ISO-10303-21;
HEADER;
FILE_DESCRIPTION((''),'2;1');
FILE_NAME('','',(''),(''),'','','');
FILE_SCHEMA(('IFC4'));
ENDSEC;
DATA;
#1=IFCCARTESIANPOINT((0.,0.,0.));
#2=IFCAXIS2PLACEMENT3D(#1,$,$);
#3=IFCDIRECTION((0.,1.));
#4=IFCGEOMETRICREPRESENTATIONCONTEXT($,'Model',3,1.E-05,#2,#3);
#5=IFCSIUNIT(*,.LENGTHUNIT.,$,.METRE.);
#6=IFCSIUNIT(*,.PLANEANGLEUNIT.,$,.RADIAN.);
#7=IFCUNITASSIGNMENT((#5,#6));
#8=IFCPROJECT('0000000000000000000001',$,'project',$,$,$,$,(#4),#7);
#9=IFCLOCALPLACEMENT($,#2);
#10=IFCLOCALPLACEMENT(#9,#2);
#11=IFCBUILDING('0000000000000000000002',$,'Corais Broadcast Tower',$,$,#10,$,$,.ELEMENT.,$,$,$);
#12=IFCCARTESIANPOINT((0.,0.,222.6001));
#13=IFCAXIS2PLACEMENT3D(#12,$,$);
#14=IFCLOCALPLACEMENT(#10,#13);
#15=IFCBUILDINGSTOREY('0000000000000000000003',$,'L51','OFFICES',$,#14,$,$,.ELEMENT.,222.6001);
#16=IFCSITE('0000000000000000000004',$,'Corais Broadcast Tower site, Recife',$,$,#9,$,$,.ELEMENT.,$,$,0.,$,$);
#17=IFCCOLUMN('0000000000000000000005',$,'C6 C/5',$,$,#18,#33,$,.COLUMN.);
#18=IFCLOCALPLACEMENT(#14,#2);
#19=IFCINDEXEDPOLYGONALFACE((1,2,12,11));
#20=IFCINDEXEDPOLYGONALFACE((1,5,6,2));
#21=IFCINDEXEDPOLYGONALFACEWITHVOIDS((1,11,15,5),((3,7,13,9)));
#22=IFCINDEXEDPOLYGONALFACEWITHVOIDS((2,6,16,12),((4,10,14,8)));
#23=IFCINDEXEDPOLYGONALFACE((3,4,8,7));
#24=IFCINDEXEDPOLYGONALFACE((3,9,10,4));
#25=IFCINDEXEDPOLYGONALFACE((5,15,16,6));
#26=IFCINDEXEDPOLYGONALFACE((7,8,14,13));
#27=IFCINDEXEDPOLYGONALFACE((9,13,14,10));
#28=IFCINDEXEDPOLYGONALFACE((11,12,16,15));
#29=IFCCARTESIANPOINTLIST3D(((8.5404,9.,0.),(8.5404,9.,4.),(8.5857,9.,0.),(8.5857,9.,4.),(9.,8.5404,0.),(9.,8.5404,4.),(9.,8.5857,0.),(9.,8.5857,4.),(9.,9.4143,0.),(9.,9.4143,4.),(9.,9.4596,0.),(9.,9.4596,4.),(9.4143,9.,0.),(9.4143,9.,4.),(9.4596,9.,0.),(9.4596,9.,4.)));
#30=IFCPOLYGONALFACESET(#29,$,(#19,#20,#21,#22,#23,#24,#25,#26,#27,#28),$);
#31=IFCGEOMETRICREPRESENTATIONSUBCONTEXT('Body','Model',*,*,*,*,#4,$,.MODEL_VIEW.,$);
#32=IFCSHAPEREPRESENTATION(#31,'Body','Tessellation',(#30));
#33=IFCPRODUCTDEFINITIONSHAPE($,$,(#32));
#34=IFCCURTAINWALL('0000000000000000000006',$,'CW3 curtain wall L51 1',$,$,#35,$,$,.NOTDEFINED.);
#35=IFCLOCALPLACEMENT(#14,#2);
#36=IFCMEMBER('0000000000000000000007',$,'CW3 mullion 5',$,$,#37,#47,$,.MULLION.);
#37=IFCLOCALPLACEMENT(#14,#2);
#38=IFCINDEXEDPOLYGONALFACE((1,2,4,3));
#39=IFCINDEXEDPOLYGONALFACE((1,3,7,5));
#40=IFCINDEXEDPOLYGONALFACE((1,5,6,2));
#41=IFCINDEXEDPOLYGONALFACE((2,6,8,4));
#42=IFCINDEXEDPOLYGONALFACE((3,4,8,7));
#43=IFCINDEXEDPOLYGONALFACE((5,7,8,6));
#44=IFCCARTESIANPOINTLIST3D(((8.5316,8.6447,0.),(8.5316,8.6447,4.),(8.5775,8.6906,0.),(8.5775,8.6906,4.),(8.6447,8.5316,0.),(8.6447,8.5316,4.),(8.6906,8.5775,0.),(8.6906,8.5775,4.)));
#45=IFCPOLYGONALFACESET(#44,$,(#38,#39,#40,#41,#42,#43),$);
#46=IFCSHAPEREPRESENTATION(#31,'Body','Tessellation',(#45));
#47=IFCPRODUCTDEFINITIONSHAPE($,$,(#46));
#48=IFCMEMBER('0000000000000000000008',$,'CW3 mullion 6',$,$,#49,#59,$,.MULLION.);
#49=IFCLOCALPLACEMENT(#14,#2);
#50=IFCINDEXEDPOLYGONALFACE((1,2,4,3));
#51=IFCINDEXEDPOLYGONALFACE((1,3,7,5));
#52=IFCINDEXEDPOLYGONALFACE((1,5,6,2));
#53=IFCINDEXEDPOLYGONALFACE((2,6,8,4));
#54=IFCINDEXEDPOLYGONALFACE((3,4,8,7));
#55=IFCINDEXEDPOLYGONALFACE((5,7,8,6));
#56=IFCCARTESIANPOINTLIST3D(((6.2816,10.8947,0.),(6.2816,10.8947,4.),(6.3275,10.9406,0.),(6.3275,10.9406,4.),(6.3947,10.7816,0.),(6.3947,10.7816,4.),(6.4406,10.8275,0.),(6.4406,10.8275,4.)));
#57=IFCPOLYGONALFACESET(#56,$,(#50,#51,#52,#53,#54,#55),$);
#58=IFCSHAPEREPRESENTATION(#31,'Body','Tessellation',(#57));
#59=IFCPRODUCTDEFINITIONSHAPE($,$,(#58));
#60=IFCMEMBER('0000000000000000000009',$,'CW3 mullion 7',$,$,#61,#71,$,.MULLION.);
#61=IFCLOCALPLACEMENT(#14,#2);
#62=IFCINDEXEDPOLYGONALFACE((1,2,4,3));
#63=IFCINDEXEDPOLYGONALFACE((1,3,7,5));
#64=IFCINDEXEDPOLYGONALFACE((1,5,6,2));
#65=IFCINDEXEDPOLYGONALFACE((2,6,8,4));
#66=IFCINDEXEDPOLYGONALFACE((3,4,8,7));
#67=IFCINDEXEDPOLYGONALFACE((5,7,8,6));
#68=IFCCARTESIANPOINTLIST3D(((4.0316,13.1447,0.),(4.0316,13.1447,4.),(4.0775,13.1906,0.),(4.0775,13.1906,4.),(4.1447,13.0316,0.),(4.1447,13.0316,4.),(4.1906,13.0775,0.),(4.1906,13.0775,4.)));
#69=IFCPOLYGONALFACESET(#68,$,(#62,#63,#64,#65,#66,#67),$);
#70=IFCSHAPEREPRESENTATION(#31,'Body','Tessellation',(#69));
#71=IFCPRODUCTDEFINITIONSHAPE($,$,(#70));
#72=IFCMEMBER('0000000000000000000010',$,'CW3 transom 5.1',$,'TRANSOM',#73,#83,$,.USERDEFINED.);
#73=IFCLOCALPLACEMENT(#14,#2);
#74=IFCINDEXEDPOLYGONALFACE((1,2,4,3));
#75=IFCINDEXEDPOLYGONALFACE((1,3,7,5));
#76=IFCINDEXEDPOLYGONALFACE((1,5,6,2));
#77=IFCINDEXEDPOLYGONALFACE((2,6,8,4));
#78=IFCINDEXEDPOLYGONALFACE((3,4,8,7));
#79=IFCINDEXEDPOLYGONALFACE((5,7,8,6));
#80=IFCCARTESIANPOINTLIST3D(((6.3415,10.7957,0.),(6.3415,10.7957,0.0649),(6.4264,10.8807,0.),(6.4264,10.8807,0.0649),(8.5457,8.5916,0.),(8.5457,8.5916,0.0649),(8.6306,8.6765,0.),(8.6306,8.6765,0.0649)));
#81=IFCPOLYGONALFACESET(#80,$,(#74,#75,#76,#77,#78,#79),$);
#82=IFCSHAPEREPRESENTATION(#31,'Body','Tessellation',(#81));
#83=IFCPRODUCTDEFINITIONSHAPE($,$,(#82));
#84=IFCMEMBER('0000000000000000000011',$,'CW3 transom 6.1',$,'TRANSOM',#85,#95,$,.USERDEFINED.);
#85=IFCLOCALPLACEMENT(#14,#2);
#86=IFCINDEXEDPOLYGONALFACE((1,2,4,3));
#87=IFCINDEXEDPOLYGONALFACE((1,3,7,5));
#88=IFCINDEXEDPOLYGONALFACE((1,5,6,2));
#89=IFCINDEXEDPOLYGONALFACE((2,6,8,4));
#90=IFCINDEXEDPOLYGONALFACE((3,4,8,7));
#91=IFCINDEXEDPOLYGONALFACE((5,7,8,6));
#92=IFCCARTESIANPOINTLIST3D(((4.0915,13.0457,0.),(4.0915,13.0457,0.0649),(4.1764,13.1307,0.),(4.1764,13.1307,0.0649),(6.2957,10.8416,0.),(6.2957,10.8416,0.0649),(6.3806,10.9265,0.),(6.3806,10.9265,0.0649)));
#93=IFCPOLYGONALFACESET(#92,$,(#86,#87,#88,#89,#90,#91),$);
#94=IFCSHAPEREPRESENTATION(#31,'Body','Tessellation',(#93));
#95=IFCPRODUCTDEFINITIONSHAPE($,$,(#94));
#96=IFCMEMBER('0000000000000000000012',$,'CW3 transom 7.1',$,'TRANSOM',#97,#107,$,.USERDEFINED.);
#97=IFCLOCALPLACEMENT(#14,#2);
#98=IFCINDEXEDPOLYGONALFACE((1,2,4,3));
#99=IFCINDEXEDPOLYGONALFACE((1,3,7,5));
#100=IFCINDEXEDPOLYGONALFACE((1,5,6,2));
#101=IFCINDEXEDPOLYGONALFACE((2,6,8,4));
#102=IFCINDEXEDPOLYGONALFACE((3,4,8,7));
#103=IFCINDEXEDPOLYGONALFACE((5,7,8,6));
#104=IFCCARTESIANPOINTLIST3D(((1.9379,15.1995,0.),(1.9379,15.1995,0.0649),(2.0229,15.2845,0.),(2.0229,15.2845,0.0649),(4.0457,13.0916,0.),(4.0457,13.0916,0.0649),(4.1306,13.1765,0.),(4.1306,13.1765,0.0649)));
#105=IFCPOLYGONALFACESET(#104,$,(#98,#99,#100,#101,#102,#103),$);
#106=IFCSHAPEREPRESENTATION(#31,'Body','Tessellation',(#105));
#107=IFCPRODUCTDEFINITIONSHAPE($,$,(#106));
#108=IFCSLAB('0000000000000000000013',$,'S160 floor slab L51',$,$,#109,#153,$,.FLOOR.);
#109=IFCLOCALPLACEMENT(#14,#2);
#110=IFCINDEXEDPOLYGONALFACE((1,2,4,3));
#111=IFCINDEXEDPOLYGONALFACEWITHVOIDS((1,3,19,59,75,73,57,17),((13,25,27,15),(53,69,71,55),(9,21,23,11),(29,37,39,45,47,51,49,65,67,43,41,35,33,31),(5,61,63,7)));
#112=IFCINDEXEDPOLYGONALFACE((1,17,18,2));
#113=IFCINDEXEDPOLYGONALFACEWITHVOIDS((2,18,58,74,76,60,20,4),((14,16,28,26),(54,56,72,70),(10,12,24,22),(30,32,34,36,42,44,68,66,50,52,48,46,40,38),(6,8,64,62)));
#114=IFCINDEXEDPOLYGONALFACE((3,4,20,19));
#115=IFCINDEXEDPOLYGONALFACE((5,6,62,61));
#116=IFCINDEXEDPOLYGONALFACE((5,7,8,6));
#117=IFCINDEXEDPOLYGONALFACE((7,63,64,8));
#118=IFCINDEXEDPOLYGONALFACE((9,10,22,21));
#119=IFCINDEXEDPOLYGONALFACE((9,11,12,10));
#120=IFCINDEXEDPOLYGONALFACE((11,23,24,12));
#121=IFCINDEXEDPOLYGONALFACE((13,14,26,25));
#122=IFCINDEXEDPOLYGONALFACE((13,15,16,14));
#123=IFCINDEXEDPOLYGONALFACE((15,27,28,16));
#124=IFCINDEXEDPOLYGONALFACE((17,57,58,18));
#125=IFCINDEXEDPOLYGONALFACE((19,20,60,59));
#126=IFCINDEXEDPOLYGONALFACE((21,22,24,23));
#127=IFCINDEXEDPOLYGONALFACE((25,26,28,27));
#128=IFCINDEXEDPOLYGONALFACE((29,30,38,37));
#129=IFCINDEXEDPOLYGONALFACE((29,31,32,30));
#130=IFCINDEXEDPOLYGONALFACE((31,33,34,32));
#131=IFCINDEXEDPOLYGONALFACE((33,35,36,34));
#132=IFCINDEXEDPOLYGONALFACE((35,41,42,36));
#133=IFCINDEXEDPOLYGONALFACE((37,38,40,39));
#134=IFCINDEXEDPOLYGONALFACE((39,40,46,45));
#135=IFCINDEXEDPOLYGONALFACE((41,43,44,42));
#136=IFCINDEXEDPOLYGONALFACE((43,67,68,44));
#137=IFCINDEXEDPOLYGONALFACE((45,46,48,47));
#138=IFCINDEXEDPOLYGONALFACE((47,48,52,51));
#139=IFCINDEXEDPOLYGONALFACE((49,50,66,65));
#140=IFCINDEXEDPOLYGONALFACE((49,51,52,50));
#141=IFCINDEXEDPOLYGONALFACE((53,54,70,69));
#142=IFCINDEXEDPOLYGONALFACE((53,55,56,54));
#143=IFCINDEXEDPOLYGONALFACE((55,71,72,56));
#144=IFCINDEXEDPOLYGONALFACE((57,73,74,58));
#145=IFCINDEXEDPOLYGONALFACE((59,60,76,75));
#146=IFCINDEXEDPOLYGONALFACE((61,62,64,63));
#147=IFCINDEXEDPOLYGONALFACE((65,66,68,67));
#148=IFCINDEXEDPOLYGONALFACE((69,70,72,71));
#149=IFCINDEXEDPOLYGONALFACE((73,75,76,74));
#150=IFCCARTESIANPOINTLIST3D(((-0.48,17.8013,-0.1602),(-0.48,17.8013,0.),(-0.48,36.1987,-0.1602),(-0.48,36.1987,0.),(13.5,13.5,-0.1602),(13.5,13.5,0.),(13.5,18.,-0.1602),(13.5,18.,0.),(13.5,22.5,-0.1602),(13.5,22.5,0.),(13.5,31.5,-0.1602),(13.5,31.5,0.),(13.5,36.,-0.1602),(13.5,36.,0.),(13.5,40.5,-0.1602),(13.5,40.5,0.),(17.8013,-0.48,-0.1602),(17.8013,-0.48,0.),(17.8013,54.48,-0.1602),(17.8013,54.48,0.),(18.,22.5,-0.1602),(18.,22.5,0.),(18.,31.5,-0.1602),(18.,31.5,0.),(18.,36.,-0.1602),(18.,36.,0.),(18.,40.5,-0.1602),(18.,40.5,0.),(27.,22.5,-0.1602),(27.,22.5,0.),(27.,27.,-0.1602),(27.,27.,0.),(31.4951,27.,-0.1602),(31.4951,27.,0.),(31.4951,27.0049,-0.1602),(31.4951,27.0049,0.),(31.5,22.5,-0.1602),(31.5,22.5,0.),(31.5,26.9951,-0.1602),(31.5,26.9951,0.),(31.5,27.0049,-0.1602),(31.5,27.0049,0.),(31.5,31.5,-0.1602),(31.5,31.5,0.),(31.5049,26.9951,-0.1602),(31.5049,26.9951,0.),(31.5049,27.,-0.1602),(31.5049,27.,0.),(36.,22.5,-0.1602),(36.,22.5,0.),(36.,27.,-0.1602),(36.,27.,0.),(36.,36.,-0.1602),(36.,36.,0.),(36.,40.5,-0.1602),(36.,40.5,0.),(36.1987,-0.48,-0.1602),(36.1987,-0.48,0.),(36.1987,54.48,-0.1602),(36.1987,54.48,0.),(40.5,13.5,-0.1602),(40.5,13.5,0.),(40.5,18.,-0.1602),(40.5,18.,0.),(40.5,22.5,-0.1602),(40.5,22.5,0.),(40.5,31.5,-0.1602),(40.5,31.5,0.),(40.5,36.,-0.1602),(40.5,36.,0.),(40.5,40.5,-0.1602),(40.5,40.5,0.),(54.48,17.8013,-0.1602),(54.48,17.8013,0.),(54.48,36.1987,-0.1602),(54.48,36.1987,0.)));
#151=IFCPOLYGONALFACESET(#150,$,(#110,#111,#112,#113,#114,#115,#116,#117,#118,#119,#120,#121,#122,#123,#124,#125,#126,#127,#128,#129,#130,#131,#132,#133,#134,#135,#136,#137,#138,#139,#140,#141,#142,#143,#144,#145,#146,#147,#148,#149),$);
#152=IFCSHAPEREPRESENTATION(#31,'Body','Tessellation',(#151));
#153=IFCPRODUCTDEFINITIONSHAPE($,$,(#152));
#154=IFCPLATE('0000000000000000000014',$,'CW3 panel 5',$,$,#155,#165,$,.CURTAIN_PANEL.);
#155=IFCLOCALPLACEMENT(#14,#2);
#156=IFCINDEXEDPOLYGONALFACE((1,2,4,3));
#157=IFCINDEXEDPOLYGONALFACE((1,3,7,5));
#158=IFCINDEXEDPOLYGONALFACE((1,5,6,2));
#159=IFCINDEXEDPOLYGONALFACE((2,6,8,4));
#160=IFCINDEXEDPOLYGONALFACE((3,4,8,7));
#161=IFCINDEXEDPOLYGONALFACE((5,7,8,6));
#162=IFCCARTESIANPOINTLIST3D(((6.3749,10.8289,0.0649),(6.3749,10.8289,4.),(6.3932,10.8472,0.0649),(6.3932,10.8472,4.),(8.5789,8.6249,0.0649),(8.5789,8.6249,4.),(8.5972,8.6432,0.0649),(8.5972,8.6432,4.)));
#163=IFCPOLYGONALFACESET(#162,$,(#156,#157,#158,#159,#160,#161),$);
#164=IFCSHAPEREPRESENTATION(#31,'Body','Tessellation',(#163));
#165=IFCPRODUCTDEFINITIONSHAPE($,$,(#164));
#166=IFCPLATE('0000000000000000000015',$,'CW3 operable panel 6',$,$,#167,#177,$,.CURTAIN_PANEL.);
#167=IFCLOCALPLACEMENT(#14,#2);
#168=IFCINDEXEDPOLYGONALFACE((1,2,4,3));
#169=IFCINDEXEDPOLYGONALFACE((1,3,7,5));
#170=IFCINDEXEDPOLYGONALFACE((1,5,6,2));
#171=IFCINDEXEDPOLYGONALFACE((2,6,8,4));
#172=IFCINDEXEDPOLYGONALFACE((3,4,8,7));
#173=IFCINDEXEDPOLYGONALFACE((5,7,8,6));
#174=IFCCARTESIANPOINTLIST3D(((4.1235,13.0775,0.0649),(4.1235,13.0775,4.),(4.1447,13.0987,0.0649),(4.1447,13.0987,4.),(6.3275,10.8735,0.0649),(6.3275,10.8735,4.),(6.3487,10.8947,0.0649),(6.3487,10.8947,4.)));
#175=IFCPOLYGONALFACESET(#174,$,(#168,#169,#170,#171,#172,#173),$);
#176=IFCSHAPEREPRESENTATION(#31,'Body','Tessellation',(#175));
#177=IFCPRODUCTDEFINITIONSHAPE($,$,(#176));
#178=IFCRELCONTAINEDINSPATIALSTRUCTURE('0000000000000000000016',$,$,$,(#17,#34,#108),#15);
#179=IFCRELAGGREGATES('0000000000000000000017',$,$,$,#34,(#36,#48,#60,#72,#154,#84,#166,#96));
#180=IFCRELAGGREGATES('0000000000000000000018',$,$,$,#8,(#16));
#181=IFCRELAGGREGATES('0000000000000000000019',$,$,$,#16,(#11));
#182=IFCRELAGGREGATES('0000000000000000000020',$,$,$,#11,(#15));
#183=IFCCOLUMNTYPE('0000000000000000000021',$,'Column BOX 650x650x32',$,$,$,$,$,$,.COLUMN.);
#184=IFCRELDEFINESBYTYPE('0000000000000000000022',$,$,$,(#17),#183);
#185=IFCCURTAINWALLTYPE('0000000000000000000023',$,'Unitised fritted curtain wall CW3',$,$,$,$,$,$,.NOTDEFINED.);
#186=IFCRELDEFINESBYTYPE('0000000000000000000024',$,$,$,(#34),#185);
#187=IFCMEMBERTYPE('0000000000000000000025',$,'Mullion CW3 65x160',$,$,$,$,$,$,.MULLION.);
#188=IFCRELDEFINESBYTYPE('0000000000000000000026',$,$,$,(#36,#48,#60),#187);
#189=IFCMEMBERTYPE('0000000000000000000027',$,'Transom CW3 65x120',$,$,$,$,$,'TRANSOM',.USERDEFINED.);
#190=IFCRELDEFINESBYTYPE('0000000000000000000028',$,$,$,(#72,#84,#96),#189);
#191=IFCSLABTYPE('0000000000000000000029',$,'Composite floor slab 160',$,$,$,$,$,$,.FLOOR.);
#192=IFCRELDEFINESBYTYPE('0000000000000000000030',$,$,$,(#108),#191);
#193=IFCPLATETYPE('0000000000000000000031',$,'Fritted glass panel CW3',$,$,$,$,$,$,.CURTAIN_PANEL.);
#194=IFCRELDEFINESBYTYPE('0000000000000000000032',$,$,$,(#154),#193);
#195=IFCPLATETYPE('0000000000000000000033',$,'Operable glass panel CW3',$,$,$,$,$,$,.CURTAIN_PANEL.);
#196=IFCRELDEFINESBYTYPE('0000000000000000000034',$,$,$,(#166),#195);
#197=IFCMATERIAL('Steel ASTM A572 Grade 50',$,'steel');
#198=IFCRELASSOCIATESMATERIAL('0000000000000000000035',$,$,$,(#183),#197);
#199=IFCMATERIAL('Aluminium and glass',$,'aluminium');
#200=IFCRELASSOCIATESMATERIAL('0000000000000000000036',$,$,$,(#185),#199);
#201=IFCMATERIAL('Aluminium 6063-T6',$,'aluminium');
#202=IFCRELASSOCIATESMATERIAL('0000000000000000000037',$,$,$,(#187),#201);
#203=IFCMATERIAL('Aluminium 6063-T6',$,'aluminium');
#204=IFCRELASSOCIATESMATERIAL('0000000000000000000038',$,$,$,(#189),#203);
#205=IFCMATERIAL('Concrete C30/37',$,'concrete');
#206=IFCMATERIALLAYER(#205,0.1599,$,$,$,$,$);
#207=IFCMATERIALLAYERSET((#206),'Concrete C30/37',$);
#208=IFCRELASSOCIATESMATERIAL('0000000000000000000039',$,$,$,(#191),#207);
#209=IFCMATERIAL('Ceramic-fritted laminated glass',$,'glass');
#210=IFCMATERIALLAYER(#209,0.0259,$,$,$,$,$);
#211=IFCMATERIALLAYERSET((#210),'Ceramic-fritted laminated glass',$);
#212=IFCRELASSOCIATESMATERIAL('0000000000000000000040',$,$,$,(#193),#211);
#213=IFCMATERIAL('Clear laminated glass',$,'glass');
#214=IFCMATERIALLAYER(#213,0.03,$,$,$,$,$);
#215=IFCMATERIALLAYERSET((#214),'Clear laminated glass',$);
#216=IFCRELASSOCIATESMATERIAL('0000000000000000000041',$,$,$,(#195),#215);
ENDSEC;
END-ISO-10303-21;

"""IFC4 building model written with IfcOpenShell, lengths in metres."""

from ifc_helpers import new_model, si_unit, direction, frame, origin, origin_2d, place, context, subcontext, project, spatial, polyline, rectangle, hollow_rectangle, outline, extrude, material, layer, layer_set, material_profile, profile_set, type_object, element, aggregate, save


model = new_model("IFC4")

# Units and contexts
model_context = context("Model", 3, precision=1e-05, world=origin(), true_north=direction((0.0, 1.0)))
body_context = subcontext(model_context, "Body", "Model", "MODEL_VIEW")
ifc_project = project(units=[si_unit("LENGTHUNIT", "METRE"), si_unit("PLANEANGLEUNIT", "RADIAN")], contexts=[model_context])

# Site, building, storey
site_placement = place(None, origin())
site = spatial("IfcSite", under=ifc_project, at=site_placement, Name="Corais Broadcast Tower site, Recife", CompositionType="ELEMENT", RefElevation=0.0)
building_placement = place(site_placement, origin())
building = spatial("IfcBuilding", under=site, at=building_placement, Name="Corais Broadcast Tower", CompositionType="ELEMENT")
storey_placement = place(building_placement, frame((0.0, 0.0, 222.6001)))
storey = spatial("IfcBuildingStorey", under=building, at=storey_placement, Name="L51", Description="OFFICES", CompositionType="ELEMENT", Elevation=222.6001)

# Column
ifc_material_1 = material(Name="Steel ASTM A572 Grade 50", Category="steel")
ifc_material_profile_1 = material_profile(ifc_material_1, hollow_rectangle(XDim=0.6499, YDim=0.6499, WallThickness=0.032, at=origin_2d()), Name="BOX 650x650x32")
ifc_profile_set_1 = profile_set([ifc_material_profile_1], Name="Steel ASTM A572 Grade 50")
column_type = type_object("IfcColumnType", Name="Column BOX 650x650x32", PredefinedType="COLUMN", material=ifc_profile_set_1)
column_placement = place(storey_placement, frame((9.0, 9.0, 0.0), z_axis=(0.0, 0.0, 1.0), x_axis=(0.707107, 0.707107, 0.0)))
element("IfcColumn", 1, at=column_placement, inside=storey, type_object=column_type, Name="C6 C/5", PredefinedType="COLUMN", context=body_context, shape_type="SweptSolid", body=[
    extrude(hollow_rectangle(XDim=0.6499, YDim=0.6499, WallThickness=0.032, at=origin_2d()), origin(), (0.0, 0.0, 1.0), 4.0),
])

# Curtain wall, members
ifc_material_2 = material(Name="Aluminium and glass", Category="aluminium")
curtain_wall_type = type_object("IfcCurtainWallType", Name="Unitised fritted curtain wall CW3", PredefinedType="NOTDEFINED", material=ifc_material_2)
curtain_wall_placement = place(storey_placement, origin())
curtain_wall = element("IfcCurtainWall", 2, at=curtain_wall_placement, inside=storey, type_object=curtain_wall_type, Name="CW3 curtain wall L51 1", PredefinedType="NOTDEFINED")
ifc_material_3 = material(Name="Aluminium 6063-T6", Category="aluminium")
ifc_material_profile_2 = material_profile(ifc_material_3, rectangle(XDim=0.0649, YDim=0.1599, at=origin_2d()), Name="Mullion CW3 65x160")
ifc_profile_set_2 = profile_set([ifc_material_profile_2], Name="Aluminium 6063-T6")
member_type_1 = type_object("IfcMemberType", Name="Mullion CW3 65x160", PredefinedType="MULLION", material=ifc_profile_set_2)
member_1_placement = place(storey_placement, frame((8.6111, 8.6111, 0.0), z_axis=(0.0, 0.0, 1.0), x_axis=(-0.707107, -0.707107, 0.0)))
member_1 = element("IfcMember", 3, at=member_1_placement, type_object=member_type_1, Name="CW3 mullion 5", PredefinedType="MULLION", context=body_context, shape_type="SweptSolid", body=[
    extrude(rectangle(XDim=0.0649, YDim=0.1599, at=origin_2d()), origin(), (0.0, 0.0, 1.0), 4.0),
])
member_2_placement = place(storey_placement, frame((6.3611, 10.8611, 0.0), z_axis=(0.0, 0.0, 1.0), x_axis=(-0.707107, -0.707107, 0.0)))
member_2 = element("IfcMember", 4, at=member_2_placement, type_object=member_type_1, Name="CW3 mullion 6", PredefinedType="MULLION", context=body_context, shape_type="SweptSolid", body=[
    extrude(rectangle(XDim=0.0649, YDim=0.1599, at=origin_2d()), origin(), (0.0, 0.0, 1.0), 4.0),
])
member_3_placement = place(storey_placement, frame((4.1111, 13.1111, 0.0), z_axis=(0.0, 0.0, 1.0), x_axis=(-0.707107, -0.707107, 0.0)))
member_3 = element("IfcMember", 5, at=member_3_placement, type_object=member_type_1, Name="CW3 mullion 7", PredefinedType="MULLION", context=body_context, shape_type="SweptSolid", body=[
    extrude(rectangle(XDim=0.0649, YDim=0.1599, at=origin_2d()), origin(), (0.0, 0.0, 1.0), 4.0),
])
ifc_material_4 = material(Name="Aluminium 6063-T6", Category="aluminium")
ifc_material_profile_3 = material_profile(ifc_material_4, rectangle(XDim=0.1201, YDim=0.0649, at=origin_2d()), Name="Transom CW3 65x120")
ifc_profile_set_3 = profile_set([ifc_material_profile_3], Name="Aluminium 6063-T6")
member_type_2 = type_object("IfcMemberType", Name="Transom CW3 65x120", ElementType="TRANSOM", PredefinedType="USERDEFINED", material=ifc_profile_set_3)
member_4_placement = place(storey_placement, frame((8.5881, 8.634, 0.0325), z_axis=(-0.707107, 0.707107, 0.0), x_axis=(-0.707107, -0.707107, 0.0)))
member_4 = element("IfcMember", 6, at=member_4_placement, type_object=member_type_2, Name="CW3 transom 5.1", ObjectType="TRANSOM", PredefinedType="USERDEFINED", context=body_context, shape_type="SweptSolid", body=[
    extrude(rectangle(XDim=0.1201, YDim=0.0649, at=origin_2d()), origin(), (0.0, 0.0, 1.0), 3.1172),
])
member_5_placement = place(storey_placement, frame((6.3381, 10.884, 0.0325), z_axis=(-0.707107, 0.707107, 0.0), x_axis=(-0.707107, -0.707107, 0.0)))
member_5 = element("IfcMember", 7, at=member_5_placement, type_object=member_type_2, Name="CW3 transom 6.1", ObjectType="TRANSOM", PredefinedType="USERDEFINED", context=body_context, shape_type="SweptSolid", body=[
    extrude(rectangle(XDim=0.1201, YDim=0.0649, at=origin_2d()), origin(), (0.0, 0.0, 1.0), 3.1172),
])
member_6_placement = place(storey_placement, frame((4.0881, 13.134, 0.0325), z_axis=(-0.707066, 0.707148, 0.0), x_axis=(-0.707148, -0.707066, 0.0)))
member_6 = element("IfcMember", 8, at=member_6_placement, type_object=member_type_2, Name="CW3 transom 7.1", ObjectType="TRANSOM", PredefinedType="USERDEFINED", context=body_context, shape_type="SweptSolid", body=[
    extrude(rectangle(XDim=0.1201, YDim=0.0649, at=origin_2d()), origin(), (0.0, 0.0, 1.0), 2.981),
])

# Slab
ifc_material_5 = material(Name="Concrete C30/37", Category="concrete")
ifc_layer_1 = layer(ifc_material_5, 0.1599)
ifc_layer_set_1 = layer_set([ifc_layer_1], Name="Concrete C30/37")
slab_type_1 = type_object("IfcSlabType", Name="Composite floor slab 160", PredefinedType="FLOOR", material=ifc_layer_set_1)
slab_1_placement = place(storey_placement, frame((0.0, 0.0, -0.1602)))
element("IfcSlab", 9, at=slab_1_placement, inside=storey, type_object=slab_type_1, Name="S160 floor slab L51", PredefinedType="FLOOR", context=body_context, shape_type="SweptSolid", body=[
    extrude(outline(polyline([(17.8013, -0.48), (-0.48, 17.8013), (-0.48, 36.1987), (17.8013, 54.48), (36.1987, 54.48), (54.48, 36.1987), (54.48, 17.8013), (36.1987, -0.48), (17.8013, -0.48)]), holes=[polyline([(13.5, 18.0), (40.5, 18.0), (40.5, 13.5), (13.5, 13.5), (13.5, 18.0)]), polyline([(18.0, 22.5), (13.5, 22.5), (13.5, 31.5), (18.0, 31.5), (18.0, 22.5)]), polyline([(18.0, 36.0), (13.5, 36.0), (13.5, 40.5), (18.0, 40.5), (18.0, 36.0)]), polyline([(31.5, 22.5), (27.0, 22.5), (27.0, 27.0), (31.4951, 27.0), (31.4951, 27.0049), (31.5, 27.0049), (31.5, 31.5), (40.5, 31.5), (40.5, 22.5), (36.0, 22.5), (36.0, 27.0), (31.5049, 27.0), (31.5049, 26.9951), (31.5, 26.9951), (31.5, 22.5)]), polyline([(40.5, 36.0), (36.0, 36.0), (36.0, 40.5), (40.5, 40.5), (40.5, 36.0)])]), origin(), (0.0, 0.0, 1.0), 0.1602),
])

# Plates
ifc_material_6 = material(Name="Ceramic-fritted laminated glass", Category="glass")
ifc_layer_2 = layer(ifc_material_6, 0.0259)
ifc_layer_set_2 = layer_set([ifc_layer_2], Name="Ceramic-fritted laminated glass")
plate_type_1 = type_object("IfcPlateType", Name="Fritted glass panel CW3", PredefinedType="CURTAIN_PANEL", material=ifc_layer_set_2)
plate_1_placement = place(storey_placement, frame((7.4861, 9.7361, 0.0649), z_axis=(0.0, 0.0, 1.0), x_axis=(-0.707107, 0.707107, 0.0)))
plate_1 = element("IfcPlate", 10, at=plate_1_placement, type_object=plate_type_1, Name="CW3 panel 5", PredefinedType="CURTAIN_PANEL", context=body_context, shape_type="SweptSolid", body=[
    extrude(rectangle(XDim=3.1169, YDim=0.0259, at=origin_2d()), origin(), (0.0, 0.0, 1.0), 3.9351),
])
ifc_material_7 = material(Name="Clear laminated glass", Category="glass")
ifc_layer_3 = layer(ifc_material_7, 0.03)
ifc_layer_set_3 = layer_set([ifc_layer_3], Name="Clear laminated glass")
plate_type_2 = type_object("IfcPlateType", Name="Operable glass panel CW3", PredefinedType="CURTAIN_PANEL", material=ifc_layer_set_3)
plate_2_placement = place(storey_placement, frame((5.2361, 11.9861, 0.0649), z_axis=(0.0, 0.0, 1.0), x_axis=(-0.707107, 0.707107, 0.0)))
plate_2 = element("IfcPlate", 11, at=plate_2_placement, type_object=plate_type_2, Name="CW3 operable panel 6", PredefinedType="CURTAIN_PANEL", context=body_context, shape_type="SweptSolid", body=[
    extrude(rectangle(XDim=3.1169, YDim=0.03, at=origin_2d()), origin(), (0.0, 0.0, 1.0), 3.9351),
])
aggregate(curtain_wall, [member_1, member_2, member_3, member_4, plate_1, member_5, plate_2, member_6])

save(model, "model.ifc")
